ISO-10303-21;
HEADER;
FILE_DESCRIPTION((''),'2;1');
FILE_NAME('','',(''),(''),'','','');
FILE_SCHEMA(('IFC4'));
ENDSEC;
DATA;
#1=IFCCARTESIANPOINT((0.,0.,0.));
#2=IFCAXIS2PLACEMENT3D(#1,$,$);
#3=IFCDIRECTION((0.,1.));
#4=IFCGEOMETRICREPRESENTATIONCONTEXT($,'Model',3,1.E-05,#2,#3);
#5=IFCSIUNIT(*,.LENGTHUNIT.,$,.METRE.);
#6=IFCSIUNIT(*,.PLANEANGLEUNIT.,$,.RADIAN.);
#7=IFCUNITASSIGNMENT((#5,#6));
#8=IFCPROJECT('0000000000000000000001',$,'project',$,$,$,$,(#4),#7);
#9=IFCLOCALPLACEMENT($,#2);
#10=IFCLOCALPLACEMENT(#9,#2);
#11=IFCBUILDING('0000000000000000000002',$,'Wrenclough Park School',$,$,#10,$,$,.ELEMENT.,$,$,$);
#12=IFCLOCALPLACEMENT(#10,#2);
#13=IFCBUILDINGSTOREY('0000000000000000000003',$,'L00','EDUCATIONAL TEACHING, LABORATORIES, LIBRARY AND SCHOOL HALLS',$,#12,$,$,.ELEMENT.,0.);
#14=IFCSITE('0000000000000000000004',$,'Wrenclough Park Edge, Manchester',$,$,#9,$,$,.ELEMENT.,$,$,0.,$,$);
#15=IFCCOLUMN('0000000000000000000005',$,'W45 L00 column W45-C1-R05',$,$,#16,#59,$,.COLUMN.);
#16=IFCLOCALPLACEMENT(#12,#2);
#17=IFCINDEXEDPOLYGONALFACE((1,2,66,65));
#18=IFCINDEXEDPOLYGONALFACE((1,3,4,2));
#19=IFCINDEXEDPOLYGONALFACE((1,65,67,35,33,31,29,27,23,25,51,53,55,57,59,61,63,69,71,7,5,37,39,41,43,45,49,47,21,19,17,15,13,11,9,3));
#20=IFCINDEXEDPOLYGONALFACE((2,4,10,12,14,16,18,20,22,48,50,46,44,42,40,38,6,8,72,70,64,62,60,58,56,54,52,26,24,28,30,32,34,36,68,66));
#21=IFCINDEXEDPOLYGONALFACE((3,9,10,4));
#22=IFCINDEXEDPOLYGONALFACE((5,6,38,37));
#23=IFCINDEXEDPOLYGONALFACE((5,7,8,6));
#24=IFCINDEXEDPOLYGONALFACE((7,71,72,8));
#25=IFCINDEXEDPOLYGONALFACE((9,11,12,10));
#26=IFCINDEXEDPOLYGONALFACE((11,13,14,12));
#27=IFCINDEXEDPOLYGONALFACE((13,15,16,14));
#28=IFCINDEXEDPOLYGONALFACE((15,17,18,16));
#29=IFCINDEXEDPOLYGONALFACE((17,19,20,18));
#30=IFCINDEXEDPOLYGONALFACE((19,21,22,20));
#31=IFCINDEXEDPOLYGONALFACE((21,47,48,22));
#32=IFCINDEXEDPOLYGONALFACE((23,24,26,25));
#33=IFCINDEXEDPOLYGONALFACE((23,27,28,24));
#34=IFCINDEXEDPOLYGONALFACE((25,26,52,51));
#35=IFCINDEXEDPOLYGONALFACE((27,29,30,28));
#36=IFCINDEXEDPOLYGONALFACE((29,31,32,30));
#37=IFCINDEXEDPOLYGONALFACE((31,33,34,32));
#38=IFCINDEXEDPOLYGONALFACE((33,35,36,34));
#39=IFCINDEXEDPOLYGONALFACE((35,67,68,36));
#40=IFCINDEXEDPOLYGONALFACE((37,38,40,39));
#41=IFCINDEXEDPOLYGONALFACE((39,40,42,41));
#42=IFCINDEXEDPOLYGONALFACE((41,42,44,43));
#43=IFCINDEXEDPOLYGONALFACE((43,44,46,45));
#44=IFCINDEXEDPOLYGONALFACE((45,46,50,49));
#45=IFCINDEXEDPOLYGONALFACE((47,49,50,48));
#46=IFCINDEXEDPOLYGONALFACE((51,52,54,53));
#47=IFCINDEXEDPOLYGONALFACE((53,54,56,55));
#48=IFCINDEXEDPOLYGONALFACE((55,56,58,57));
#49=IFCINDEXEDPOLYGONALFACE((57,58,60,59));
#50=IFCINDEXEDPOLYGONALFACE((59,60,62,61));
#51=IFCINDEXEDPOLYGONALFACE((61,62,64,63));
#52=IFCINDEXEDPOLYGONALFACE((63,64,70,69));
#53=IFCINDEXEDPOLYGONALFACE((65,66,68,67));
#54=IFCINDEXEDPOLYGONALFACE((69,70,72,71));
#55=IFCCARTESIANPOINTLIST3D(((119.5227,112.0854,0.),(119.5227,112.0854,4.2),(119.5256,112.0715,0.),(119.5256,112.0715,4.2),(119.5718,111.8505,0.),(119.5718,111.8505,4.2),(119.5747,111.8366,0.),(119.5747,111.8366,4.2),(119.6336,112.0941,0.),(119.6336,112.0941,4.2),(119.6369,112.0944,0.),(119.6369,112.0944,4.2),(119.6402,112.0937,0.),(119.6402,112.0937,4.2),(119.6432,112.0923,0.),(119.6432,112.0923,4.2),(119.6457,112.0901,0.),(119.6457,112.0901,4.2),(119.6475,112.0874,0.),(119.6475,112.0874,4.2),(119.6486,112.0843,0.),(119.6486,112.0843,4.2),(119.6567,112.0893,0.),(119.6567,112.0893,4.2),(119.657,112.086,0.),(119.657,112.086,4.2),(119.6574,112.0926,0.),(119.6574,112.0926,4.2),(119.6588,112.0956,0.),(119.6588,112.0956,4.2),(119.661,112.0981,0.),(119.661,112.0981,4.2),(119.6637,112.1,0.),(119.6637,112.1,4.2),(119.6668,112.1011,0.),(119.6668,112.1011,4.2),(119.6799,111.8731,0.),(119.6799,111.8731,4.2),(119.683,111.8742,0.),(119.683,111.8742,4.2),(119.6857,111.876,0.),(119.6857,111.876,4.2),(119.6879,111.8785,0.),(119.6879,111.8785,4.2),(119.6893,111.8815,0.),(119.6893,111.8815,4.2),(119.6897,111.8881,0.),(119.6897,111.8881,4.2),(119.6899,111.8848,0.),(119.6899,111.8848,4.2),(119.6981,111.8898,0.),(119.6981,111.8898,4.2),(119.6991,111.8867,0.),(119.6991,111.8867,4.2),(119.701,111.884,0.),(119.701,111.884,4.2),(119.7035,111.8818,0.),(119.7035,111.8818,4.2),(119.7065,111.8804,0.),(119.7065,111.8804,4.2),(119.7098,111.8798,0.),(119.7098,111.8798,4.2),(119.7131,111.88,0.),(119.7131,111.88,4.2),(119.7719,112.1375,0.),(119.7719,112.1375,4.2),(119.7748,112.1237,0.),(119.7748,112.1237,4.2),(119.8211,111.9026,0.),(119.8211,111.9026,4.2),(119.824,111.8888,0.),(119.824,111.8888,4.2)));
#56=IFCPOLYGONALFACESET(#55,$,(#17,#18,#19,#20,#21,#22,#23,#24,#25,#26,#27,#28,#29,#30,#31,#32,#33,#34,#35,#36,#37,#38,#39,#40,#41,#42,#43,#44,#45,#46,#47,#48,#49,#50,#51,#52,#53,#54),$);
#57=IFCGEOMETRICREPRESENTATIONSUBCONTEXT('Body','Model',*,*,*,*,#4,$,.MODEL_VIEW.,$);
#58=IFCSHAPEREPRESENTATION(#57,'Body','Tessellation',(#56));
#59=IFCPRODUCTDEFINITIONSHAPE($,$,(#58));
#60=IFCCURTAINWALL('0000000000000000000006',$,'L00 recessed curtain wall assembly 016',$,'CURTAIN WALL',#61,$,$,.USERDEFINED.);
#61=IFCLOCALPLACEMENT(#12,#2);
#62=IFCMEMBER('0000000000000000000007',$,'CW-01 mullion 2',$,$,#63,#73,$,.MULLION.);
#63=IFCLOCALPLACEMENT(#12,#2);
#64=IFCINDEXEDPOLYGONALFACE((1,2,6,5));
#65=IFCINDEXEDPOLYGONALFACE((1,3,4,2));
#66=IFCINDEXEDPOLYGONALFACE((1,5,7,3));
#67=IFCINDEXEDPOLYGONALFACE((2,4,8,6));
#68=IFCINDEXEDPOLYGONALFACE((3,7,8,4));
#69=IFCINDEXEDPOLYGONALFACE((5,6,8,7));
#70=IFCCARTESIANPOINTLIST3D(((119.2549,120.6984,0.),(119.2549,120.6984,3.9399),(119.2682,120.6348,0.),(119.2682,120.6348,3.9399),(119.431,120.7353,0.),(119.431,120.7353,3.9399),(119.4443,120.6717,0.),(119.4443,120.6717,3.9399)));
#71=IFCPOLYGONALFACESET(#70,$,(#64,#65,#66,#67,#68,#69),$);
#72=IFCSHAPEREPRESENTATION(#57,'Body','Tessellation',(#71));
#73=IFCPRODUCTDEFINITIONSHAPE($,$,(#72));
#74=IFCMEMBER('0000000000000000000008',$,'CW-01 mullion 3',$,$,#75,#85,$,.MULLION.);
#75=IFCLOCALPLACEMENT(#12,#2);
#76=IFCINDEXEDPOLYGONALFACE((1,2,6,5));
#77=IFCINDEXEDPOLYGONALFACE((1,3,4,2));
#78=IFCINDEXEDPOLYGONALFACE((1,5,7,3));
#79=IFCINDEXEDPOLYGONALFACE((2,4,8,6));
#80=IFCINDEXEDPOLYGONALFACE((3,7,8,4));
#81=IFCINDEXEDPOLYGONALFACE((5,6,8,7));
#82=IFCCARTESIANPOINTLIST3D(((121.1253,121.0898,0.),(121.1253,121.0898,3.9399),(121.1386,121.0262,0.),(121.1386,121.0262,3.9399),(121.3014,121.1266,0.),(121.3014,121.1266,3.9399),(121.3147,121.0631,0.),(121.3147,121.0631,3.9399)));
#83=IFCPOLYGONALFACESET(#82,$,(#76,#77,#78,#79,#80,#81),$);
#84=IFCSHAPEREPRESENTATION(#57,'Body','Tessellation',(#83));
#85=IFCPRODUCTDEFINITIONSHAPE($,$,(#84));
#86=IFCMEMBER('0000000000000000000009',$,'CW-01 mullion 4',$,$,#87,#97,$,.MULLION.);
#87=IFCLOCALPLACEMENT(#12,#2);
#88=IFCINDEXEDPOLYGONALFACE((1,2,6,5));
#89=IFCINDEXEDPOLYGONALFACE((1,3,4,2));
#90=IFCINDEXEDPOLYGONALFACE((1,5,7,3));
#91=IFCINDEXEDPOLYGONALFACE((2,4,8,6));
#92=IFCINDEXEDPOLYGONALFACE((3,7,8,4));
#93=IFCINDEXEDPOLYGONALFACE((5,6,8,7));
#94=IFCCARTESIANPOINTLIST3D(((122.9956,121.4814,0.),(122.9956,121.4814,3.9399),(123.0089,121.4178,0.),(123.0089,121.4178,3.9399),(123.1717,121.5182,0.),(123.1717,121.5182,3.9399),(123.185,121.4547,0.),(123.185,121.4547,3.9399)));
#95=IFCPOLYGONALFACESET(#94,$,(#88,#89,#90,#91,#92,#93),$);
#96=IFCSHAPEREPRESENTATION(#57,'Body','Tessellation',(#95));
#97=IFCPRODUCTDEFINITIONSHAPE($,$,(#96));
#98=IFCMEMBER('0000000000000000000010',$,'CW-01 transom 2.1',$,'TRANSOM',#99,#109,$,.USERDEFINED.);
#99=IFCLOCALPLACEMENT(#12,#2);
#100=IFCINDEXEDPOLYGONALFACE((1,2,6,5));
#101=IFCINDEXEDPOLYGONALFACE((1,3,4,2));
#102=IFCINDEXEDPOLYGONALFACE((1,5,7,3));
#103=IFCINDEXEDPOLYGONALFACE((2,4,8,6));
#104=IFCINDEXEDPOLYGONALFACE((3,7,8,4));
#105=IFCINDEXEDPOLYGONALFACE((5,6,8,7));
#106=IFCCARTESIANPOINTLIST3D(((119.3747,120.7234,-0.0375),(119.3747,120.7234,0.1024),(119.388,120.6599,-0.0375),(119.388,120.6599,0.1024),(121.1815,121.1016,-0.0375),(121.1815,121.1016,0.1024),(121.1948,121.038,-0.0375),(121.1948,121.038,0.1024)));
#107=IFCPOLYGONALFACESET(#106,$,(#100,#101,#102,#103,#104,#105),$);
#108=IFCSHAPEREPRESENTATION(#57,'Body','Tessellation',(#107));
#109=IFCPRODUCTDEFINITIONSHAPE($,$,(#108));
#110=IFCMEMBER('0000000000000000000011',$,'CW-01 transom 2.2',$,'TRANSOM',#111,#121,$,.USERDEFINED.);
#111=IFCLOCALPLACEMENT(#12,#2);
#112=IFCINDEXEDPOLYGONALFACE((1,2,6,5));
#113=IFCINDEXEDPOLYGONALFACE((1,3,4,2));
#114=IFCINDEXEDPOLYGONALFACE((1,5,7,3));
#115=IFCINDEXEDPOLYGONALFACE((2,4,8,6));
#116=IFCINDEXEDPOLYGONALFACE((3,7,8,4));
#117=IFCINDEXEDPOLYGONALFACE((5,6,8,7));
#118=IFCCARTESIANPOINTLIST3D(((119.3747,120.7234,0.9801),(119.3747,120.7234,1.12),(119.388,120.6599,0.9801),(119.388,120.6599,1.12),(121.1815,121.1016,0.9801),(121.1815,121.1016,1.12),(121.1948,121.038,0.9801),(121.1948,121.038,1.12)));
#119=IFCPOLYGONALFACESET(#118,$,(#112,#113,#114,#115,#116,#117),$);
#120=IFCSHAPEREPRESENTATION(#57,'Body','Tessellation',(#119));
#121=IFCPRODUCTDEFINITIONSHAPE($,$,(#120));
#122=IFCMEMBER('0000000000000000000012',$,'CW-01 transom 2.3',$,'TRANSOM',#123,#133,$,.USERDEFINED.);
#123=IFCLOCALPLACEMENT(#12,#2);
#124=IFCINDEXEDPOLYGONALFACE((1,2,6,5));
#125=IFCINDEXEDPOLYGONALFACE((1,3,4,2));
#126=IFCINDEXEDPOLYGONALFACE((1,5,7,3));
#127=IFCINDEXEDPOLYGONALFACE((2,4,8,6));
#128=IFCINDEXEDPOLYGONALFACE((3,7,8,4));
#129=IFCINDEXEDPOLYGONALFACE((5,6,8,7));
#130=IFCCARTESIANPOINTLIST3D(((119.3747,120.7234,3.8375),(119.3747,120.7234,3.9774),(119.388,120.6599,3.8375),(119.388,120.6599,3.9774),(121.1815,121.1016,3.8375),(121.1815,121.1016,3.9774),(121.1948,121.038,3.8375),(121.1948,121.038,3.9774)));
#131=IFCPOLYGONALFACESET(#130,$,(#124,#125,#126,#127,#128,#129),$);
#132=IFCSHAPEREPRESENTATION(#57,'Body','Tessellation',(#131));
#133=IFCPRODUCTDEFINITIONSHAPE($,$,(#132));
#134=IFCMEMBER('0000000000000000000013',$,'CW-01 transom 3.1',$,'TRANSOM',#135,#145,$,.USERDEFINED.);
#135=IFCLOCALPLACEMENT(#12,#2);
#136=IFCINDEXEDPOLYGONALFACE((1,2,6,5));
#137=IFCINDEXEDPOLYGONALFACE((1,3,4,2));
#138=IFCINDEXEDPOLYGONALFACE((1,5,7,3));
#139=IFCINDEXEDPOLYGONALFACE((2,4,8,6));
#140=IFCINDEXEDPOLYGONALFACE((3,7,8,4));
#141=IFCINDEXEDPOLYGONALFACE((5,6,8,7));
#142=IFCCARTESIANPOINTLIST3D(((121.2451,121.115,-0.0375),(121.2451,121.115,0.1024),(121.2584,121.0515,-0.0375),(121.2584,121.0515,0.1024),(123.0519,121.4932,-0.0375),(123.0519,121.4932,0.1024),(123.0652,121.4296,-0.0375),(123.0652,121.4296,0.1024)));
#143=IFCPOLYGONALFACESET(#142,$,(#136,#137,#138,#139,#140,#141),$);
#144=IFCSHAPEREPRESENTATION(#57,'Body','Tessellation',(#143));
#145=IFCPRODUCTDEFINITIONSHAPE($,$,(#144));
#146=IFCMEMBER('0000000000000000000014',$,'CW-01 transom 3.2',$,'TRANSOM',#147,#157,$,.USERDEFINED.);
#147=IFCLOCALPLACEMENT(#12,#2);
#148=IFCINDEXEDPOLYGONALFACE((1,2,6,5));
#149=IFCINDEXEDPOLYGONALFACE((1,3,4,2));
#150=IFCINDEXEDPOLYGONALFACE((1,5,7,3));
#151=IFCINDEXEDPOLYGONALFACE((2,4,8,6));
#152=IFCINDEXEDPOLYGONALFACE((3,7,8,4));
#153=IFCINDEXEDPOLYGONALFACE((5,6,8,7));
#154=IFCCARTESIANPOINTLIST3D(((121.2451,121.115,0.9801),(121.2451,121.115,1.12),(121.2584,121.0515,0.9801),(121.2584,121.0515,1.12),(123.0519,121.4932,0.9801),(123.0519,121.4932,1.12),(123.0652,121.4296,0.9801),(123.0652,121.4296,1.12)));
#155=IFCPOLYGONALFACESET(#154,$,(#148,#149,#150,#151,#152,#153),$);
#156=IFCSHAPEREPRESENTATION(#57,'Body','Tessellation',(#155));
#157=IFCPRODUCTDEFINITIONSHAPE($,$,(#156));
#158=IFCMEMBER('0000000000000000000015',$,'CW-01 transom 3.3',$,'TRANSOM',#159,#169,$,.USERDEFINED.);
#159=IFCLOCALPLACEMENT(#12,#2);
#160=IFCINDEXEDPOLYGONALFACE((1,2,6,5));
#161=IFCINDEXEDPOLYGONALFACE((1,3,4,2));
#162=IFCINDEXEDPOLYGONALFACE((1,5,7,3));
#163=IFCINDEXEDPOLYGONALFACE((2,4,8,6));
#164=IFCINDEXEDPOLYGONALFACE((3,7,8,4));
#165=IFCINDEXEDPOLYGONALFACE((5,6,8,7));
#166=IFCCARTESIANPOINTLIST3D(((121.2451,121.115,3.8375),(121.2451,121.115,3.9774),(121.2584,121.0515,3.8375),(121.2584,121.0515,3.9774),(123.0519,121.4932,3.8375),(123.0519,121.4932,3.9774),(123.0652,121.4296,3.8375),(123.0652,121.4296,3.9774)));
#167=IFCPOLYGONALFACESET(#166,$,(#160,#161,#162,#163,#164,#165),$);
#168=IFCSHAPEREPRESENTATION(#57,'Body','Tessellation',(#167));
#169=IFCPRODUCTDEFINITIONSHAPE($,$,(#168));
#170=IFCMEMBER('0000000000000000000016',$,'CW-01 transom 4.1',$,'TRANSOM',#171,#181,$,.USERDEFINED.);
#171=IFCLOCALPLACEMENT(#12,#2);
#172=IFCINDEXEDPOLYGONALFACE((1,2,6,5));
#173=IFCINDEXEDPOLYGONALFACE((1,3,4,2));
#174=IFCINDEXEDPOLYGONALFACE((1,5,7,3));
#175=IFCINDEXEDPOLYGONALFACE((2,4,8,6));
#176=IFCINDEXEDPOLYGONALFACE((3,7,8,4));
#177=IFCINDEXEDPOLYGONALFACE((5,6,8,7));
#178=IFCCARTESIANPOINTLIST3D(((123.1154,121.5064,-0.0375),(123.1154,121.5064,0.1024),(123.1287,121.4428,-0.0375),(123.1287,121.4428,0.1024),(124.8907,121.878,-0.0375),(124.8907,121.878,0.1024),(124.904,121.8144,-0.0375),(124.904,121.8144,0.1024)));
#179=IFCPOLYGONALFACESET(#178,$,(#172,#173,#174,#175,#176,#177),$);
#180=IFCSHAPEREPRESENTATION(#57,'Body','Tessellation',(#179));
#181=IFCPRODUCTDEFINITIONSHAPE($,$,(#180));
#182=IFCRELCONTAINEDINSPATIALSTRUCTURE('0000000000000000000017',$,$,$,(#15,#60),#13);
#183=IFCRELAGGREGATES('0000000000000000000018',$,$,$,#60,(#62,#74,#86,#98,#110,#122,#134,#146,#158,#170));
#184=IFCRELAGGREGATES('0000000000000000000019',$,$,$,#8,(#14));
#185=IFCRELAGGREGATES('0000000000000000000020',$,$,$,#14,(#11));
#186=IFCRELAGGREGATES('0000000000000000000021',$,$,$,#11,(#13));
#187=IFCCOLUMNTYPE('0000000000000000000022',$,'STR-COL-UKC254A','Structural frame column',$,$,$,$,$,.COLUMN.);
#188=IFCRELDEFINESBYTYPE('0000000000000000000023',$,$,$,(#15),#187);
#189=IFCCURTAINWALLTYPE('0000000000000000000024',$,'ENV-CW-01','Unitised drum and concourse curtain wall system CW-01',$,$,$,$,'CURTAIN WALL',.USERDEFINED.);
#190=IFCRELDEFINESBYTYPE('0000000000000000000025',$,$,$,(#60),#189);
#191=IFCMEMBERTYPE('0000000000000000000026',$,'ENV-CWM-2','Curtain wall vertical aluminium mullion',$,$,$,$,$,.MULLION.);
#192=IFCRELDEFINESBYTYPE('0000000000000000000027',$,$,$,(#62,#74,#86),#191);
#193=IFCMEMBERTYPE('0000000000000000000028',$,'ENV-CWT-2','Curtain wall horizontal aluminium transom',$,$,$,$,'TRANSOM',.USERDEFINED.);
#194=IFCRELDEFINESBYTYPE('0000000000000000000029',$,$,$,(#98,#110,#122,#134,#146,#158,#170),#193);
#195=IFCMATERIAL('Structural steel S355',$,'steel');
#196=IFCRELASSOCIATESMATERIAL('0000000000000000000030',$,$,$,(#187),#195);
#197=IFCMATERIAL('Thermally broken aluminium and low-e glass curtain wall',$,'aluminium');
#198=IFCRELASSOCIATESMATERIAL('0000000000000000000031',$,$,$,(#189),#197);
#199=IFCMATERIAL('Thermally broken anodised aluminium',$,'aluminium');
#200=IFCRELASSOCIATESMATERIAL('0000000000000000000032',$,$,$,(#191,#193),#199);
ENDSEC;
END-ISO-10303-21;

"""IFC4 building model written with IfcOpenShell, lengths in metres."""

from ifc_helpers import new_model, si_unit, direction, frame, origin, origin_2d, place, context, subcontext, project, spatial, rectangle, i_section, extrude, material, material_profile, profile_set, type_object, element, aggregate, save


model = new_model("IFC4")

# Units and contexts
model_context = context("Model", 3, precision=1e-05, world=origin(), true_north=direction((0.0, 1.0)))
body_context = subcontext(model_context, "Body", "Model", "MODEL_VIEW")
ifc_project = project(units=[si_unit("LENGTHUNIT", "METRE"), si_unit("PLANEANGLEUNIT", "RADIAN")], contexts=[model_context])

# Site, building, storey
site_placement = place(None, origin())
site = spatial("IfcSite", under=ifc_project, at=site_placement, Name="Wrenclough Park Edge, Manchester", CompositionType="ELEMENT", RefElevation=0.0)
building_placement = place(site_placement, origin())
building = spatial("IfcBuilding", under=site, at=building_placement, Name="Wrenclough Park School", CompositionType="ELEMENT")
storey_placement = place(building_placement, origin())
storey = spatial("IfcBuildingStorey", under=building, at=storey_placement, Name="L00", Description="EDUCATIONAL TEACHING, LABORATORIES, LIBRARY AND SCHOOL HALLS", CompositionType="ELEMENT", Elevation=0.0)

# Column
ifc_material_1 = material(Name="Structural steel S355", Category="steel")
ifc_material_profile_1 = material_profile(ifc_material_1, i_section(OverallWidth=0.2546, OverallDepth=0.2542, WebThickness=0.0085, FlangeThickness=0.0142, FilletRadius=0.0127, at=origin_2d()), Name="UKC 254x254x73")
ifc_profile_set_1 = profile_set([ifc_material_profile_1], Name="Structural steel S355")
column_type = type_object("IfcColumnType", Name="STR-COL-UKC254A", Description="Structural frame column", PredefinedType="COLUMN", material=ifc_profile_set_1)
for number, where, z_axis, x_axis, name in (
    (1, (119.6733, 111.9871, 0.0), (0.0, 0.0, 1.0), (0.978796, 0.204838, 0.0), "W45 L00 column W45-C1-R05"),
):
    element("IfcColumn", number, at=place(storey_placement, frame(where, z_axis=z_axis, x_axis=x_axis)), inside=storey, type_object=column_type, Name=name, PredefinedType="COLUMN", context=body_context, shape_type="SweptSolid", body=[
        extrude(i_section(OverallWidth=0.2546, OverallDepth=0.2542, WebThickness=0.0085, FlangeThickness=0.0142, FilletRadius=0.0127, at=origin_2d()), origin(), (0.0, 0.0, 1.0), 4.2),
    ])

# Curtain wall, members
ifc_material_2 = material(Name="Thermally broken aluminium and low-e glass curtain wall", Category="aluminium")
curtain_wall_type = type_object("IfcCurtainWallType", Name="ENV-CW-01", Description="Unitised drum and concourse curtain wall system CW-01", ElementType="CURTAIN WALL", PredefinedType="USERDEFINED", material=ifc_material_2)
curtain_wall_placement = place(storey_placement, origin())
curtain_wall = element("IfcCurtainWall", 2, at=curtain_wall_placement, inside=storey, type_object=curtain_wall_type, Name="L00 recessed curtain wall assembly 016", ObjectType="CURTAIN WALL", PredefinedType="USERDEFINED")
ifc_material_3 = material(Name="Thermally broken anodised aluminium", Category="aluminium")
ifc_material_profile_2 = material_profile(ifc_material_3, rectangle(XDim=0.0649, YDim=0.1799, at=origin_2d()), Name="AL MULLION 65x180")
ifc_profile_set_2 = profile_set([ifc_material_profile_2], Name="Thermally broken anodised aluminium")
member_type_1 = type_object("IfcMemberType", Name="ENV-CWM-2", Description="Curtain wall vertical aluminium mullion", PredefinedType="MULLION", material=ifc_profile_set_2)
member_1_placement = place(storey_placement, frame((119.3496, 120.6851, 0.0), z_axis=(0.0, 0.0, 1.0), x_axis=(-0.204871, 0.978789, 0.0)))
member_1 = element("IfcMember", 3, at=member_1_placement, type_object=member_type_1, Name="CW-01 mullion 2", PredefinedType="MULLION", context=body_context, shape_type="SweptSolid", body=[
    extrude(rectangle(XDim=0.0649, YDim=0.1799, at=origin_2d()), origin(), (0.0, 0.0, 1.0), 3.9399),
])
member_2_placement = place(storey_placement, frame((121.22, 121.0764, 0.0), z_axis=(0.0, 0.0, 1.0), x_axis=(-0.204871, 0.978789, 0.0)))
member_2 = element("IfcMember", 4, at=member_2_placement, type_object=member_type_1, Name="CW-01 mullion 3", PredefinedType="MULLION", context=body_context, shape_type="SweptSolid", body=[
    extrude(rectangle(XDim=0.0649, YDim=0.1799, at=origin_2d()), origin(), (0.0, 0.0, 1.0), 3.9399),
])
member_3_placement = place(storey_placement, frame((123.0903, 121.468, 0.0), z_axis=(0.0, 0.0, 1.0), x_axis=(-0.204871, 0.978789, 0.0)))
member_3 = element("IfcMember", 5, at=member_3_placement, type_object=member_type_1, Name="CW-01 mullion 4", PredefinedType="MULLION", context=body_context, shape_type="SweptSolid", body=[
    extrude(rectangle(XDim=0.0649, YDim=0.1799, at=origin_2d()), origin(), (0.0, 0.0, 1.0), 3.9399),
])
ifc_material_profile_3 = material_profile(ifc_material_3, rectangle(XDim=0.0649, YDim=0.1399, at=origin_2d()), Name="AL TRANSOM 65x140")
ifc_profile_set_3 = profile_set([ifc_material_profile_3], Name="Thermally broken anodised aluminium")
member_type_2 = type_object("IfcMemberType", Name="ENV-CWT-2", Description="Curtain wall horizontal aluminium transom", ElementType="TRANSOM", PredefinedType="USERDEFINED", material=ifc_profile_set_3)
member_4_placement = place(storey_placement, frame((119.3813, 120.6917, 0.0325), z_axis=(0.978792, 0.204857, 0.0), x_axis=(-0.204857, 0.978792, 0.0)))
member_4 = element("IfcMember", 6, at=member_4_placement, type_object=member_type_2, Name="CW-01 transom 2.1", ObjectType="TRANSOM", PredefinedType="USERDEFINED", context=body_context, shape_type="SweptSolid", body=[
    extrude(rectangle(XDim=0.0649, YDim=0.1399, at=origin_2d()), origin(), (0.0, 0.0, 1.0), 1.8459),
])
member_5_placement = place(storey_placement, frame((119.3813, 120.6917, 1.05), z_axis=(0.978792, 0.204857, 0.0), x_axis=(-0.204857, 0.978792, 0.0)))
member_5 = element("IfcMember", 7, at=member_5_placement, type_object=member_type_2, Name="CW-01 transom 2.2", ObjectType="TRANSOM", PredefinedType="USERDEFINED", context=body_context, shape_type="SweptSolid", body=[
    extrude(rectangle(XDim=0.0649, YDim=0.1399, at=origin_2d()), origin(), (0.0, 0.0, 1.0), 1.8459),
])
member_6_placement = place(storey_placement, frame((119.3813, 120.6917, 3.9075), z_axis=(0.978792, 0.204857, 0.0), x_axis=(-0.204857, 0.978792, 0.0)))
member_6 = element("IfcMember", 8, at=member_6_placement, type_object=member_type_2, Name="CW-01 transom 2.3", ObjectType="TRANSOM", PredefinedType="USERDEFINED", context=body_context, shape_type="SweptSolid", body=[
    extrude(rectangle(XDim=0.0649, YDim=0.1399, at=origin_2d()), origin(), (0.0, 0.0, 1.0), 1.8459),
])
member_7_placement = place(storey_placement, frame((121.2517, 121.0833, 0.0325), z_axis=(0.978792, 0.204857, 0.0), x_axis=(-0.204857, 0.978792, 0.0)))
member_7 = element("IfcMember", 9, at=member_7_placement, type_object=member_type_2, Name="CW-01 transom 3.1", ObjectType="TRANSOM", PredefinedType="USERDEFINED", context=body_context, shape_type="SweptSolid", body=[
    extrude(rectangle(XDim=0.0649, YDim=0.1399, at=origin_2d()), origin(), (0.0, 0.0, 1.0), 1.8459),
])
member_8_placement = place(storey_placement, frame((121.2517, 121.0833, 1.05), z_axis=(0.978792, 0.204857, 0.0), x_axis=(-0.204857, 0.978792, 0.0)))
member_8 = element("IfcMember", 10, at=member_8_placement, type_object=member_type_2, Name="CW-01 transom 3.2", ObjectType="TRANSOM", PredefinedType="USERDEFINED", context=body_context, shape_type="SweptSolid", body=[
    extrude(rectangle(XDim=0.0649, YDim=0.1399, at=origin_2d()), origin(), (0.0, 0.0, 1.0), 1.8459),
])
member_9_placement = place(storey_placement, frame((121.2517, 121.0833, 3.9075), z_axis=(0.978792, 0.204857, 0.0), x_axis=(-0.204857, 0.978792, 0.0)))
member_9 = element("IfcMember", 11, at=member_9_placement, type_object=member_type_2, Name="CW-01 transom 3.3", ObjectType="TRANSOM", PredefinedType="USERDEFINED", context=body_context, shape_type="SweptSolid", body=[
    extrude(rectangle(XDim=0.0649, YDim=0.1399, at=origin_2d()), origin(), (0.0, 0.0, 1.0), 1.8459),
])
member_10_placement = place(storey_placement, frame((123.1221, 121.4746, 0.0325), z_axis=(0.978786, 0.204884, 0.0), x_axis=(-0.204884, 0.978786, 0.0)))
member_10 = element("IfcMember", 12, at=member_10_placement, type_object=member_type_2, Name="CW-01 transom 4.1", ObjectType="TRANSOM", PredefinedType="USERDEFINED", context=body_context, shape_type="SweptSolid", body=[
    extrude(rectangle(XDim=0.0649, YDim=0.1399, at=origin_2d()), origin(), (0.0, 0.0, 1.0), 1.8137),
])

aggregate(curtain_wall, [member_1, member_2, member_3, member_4, member_5, member_6, member_7, member_8, member_9, member_10])

save(model, "model.ifc")
